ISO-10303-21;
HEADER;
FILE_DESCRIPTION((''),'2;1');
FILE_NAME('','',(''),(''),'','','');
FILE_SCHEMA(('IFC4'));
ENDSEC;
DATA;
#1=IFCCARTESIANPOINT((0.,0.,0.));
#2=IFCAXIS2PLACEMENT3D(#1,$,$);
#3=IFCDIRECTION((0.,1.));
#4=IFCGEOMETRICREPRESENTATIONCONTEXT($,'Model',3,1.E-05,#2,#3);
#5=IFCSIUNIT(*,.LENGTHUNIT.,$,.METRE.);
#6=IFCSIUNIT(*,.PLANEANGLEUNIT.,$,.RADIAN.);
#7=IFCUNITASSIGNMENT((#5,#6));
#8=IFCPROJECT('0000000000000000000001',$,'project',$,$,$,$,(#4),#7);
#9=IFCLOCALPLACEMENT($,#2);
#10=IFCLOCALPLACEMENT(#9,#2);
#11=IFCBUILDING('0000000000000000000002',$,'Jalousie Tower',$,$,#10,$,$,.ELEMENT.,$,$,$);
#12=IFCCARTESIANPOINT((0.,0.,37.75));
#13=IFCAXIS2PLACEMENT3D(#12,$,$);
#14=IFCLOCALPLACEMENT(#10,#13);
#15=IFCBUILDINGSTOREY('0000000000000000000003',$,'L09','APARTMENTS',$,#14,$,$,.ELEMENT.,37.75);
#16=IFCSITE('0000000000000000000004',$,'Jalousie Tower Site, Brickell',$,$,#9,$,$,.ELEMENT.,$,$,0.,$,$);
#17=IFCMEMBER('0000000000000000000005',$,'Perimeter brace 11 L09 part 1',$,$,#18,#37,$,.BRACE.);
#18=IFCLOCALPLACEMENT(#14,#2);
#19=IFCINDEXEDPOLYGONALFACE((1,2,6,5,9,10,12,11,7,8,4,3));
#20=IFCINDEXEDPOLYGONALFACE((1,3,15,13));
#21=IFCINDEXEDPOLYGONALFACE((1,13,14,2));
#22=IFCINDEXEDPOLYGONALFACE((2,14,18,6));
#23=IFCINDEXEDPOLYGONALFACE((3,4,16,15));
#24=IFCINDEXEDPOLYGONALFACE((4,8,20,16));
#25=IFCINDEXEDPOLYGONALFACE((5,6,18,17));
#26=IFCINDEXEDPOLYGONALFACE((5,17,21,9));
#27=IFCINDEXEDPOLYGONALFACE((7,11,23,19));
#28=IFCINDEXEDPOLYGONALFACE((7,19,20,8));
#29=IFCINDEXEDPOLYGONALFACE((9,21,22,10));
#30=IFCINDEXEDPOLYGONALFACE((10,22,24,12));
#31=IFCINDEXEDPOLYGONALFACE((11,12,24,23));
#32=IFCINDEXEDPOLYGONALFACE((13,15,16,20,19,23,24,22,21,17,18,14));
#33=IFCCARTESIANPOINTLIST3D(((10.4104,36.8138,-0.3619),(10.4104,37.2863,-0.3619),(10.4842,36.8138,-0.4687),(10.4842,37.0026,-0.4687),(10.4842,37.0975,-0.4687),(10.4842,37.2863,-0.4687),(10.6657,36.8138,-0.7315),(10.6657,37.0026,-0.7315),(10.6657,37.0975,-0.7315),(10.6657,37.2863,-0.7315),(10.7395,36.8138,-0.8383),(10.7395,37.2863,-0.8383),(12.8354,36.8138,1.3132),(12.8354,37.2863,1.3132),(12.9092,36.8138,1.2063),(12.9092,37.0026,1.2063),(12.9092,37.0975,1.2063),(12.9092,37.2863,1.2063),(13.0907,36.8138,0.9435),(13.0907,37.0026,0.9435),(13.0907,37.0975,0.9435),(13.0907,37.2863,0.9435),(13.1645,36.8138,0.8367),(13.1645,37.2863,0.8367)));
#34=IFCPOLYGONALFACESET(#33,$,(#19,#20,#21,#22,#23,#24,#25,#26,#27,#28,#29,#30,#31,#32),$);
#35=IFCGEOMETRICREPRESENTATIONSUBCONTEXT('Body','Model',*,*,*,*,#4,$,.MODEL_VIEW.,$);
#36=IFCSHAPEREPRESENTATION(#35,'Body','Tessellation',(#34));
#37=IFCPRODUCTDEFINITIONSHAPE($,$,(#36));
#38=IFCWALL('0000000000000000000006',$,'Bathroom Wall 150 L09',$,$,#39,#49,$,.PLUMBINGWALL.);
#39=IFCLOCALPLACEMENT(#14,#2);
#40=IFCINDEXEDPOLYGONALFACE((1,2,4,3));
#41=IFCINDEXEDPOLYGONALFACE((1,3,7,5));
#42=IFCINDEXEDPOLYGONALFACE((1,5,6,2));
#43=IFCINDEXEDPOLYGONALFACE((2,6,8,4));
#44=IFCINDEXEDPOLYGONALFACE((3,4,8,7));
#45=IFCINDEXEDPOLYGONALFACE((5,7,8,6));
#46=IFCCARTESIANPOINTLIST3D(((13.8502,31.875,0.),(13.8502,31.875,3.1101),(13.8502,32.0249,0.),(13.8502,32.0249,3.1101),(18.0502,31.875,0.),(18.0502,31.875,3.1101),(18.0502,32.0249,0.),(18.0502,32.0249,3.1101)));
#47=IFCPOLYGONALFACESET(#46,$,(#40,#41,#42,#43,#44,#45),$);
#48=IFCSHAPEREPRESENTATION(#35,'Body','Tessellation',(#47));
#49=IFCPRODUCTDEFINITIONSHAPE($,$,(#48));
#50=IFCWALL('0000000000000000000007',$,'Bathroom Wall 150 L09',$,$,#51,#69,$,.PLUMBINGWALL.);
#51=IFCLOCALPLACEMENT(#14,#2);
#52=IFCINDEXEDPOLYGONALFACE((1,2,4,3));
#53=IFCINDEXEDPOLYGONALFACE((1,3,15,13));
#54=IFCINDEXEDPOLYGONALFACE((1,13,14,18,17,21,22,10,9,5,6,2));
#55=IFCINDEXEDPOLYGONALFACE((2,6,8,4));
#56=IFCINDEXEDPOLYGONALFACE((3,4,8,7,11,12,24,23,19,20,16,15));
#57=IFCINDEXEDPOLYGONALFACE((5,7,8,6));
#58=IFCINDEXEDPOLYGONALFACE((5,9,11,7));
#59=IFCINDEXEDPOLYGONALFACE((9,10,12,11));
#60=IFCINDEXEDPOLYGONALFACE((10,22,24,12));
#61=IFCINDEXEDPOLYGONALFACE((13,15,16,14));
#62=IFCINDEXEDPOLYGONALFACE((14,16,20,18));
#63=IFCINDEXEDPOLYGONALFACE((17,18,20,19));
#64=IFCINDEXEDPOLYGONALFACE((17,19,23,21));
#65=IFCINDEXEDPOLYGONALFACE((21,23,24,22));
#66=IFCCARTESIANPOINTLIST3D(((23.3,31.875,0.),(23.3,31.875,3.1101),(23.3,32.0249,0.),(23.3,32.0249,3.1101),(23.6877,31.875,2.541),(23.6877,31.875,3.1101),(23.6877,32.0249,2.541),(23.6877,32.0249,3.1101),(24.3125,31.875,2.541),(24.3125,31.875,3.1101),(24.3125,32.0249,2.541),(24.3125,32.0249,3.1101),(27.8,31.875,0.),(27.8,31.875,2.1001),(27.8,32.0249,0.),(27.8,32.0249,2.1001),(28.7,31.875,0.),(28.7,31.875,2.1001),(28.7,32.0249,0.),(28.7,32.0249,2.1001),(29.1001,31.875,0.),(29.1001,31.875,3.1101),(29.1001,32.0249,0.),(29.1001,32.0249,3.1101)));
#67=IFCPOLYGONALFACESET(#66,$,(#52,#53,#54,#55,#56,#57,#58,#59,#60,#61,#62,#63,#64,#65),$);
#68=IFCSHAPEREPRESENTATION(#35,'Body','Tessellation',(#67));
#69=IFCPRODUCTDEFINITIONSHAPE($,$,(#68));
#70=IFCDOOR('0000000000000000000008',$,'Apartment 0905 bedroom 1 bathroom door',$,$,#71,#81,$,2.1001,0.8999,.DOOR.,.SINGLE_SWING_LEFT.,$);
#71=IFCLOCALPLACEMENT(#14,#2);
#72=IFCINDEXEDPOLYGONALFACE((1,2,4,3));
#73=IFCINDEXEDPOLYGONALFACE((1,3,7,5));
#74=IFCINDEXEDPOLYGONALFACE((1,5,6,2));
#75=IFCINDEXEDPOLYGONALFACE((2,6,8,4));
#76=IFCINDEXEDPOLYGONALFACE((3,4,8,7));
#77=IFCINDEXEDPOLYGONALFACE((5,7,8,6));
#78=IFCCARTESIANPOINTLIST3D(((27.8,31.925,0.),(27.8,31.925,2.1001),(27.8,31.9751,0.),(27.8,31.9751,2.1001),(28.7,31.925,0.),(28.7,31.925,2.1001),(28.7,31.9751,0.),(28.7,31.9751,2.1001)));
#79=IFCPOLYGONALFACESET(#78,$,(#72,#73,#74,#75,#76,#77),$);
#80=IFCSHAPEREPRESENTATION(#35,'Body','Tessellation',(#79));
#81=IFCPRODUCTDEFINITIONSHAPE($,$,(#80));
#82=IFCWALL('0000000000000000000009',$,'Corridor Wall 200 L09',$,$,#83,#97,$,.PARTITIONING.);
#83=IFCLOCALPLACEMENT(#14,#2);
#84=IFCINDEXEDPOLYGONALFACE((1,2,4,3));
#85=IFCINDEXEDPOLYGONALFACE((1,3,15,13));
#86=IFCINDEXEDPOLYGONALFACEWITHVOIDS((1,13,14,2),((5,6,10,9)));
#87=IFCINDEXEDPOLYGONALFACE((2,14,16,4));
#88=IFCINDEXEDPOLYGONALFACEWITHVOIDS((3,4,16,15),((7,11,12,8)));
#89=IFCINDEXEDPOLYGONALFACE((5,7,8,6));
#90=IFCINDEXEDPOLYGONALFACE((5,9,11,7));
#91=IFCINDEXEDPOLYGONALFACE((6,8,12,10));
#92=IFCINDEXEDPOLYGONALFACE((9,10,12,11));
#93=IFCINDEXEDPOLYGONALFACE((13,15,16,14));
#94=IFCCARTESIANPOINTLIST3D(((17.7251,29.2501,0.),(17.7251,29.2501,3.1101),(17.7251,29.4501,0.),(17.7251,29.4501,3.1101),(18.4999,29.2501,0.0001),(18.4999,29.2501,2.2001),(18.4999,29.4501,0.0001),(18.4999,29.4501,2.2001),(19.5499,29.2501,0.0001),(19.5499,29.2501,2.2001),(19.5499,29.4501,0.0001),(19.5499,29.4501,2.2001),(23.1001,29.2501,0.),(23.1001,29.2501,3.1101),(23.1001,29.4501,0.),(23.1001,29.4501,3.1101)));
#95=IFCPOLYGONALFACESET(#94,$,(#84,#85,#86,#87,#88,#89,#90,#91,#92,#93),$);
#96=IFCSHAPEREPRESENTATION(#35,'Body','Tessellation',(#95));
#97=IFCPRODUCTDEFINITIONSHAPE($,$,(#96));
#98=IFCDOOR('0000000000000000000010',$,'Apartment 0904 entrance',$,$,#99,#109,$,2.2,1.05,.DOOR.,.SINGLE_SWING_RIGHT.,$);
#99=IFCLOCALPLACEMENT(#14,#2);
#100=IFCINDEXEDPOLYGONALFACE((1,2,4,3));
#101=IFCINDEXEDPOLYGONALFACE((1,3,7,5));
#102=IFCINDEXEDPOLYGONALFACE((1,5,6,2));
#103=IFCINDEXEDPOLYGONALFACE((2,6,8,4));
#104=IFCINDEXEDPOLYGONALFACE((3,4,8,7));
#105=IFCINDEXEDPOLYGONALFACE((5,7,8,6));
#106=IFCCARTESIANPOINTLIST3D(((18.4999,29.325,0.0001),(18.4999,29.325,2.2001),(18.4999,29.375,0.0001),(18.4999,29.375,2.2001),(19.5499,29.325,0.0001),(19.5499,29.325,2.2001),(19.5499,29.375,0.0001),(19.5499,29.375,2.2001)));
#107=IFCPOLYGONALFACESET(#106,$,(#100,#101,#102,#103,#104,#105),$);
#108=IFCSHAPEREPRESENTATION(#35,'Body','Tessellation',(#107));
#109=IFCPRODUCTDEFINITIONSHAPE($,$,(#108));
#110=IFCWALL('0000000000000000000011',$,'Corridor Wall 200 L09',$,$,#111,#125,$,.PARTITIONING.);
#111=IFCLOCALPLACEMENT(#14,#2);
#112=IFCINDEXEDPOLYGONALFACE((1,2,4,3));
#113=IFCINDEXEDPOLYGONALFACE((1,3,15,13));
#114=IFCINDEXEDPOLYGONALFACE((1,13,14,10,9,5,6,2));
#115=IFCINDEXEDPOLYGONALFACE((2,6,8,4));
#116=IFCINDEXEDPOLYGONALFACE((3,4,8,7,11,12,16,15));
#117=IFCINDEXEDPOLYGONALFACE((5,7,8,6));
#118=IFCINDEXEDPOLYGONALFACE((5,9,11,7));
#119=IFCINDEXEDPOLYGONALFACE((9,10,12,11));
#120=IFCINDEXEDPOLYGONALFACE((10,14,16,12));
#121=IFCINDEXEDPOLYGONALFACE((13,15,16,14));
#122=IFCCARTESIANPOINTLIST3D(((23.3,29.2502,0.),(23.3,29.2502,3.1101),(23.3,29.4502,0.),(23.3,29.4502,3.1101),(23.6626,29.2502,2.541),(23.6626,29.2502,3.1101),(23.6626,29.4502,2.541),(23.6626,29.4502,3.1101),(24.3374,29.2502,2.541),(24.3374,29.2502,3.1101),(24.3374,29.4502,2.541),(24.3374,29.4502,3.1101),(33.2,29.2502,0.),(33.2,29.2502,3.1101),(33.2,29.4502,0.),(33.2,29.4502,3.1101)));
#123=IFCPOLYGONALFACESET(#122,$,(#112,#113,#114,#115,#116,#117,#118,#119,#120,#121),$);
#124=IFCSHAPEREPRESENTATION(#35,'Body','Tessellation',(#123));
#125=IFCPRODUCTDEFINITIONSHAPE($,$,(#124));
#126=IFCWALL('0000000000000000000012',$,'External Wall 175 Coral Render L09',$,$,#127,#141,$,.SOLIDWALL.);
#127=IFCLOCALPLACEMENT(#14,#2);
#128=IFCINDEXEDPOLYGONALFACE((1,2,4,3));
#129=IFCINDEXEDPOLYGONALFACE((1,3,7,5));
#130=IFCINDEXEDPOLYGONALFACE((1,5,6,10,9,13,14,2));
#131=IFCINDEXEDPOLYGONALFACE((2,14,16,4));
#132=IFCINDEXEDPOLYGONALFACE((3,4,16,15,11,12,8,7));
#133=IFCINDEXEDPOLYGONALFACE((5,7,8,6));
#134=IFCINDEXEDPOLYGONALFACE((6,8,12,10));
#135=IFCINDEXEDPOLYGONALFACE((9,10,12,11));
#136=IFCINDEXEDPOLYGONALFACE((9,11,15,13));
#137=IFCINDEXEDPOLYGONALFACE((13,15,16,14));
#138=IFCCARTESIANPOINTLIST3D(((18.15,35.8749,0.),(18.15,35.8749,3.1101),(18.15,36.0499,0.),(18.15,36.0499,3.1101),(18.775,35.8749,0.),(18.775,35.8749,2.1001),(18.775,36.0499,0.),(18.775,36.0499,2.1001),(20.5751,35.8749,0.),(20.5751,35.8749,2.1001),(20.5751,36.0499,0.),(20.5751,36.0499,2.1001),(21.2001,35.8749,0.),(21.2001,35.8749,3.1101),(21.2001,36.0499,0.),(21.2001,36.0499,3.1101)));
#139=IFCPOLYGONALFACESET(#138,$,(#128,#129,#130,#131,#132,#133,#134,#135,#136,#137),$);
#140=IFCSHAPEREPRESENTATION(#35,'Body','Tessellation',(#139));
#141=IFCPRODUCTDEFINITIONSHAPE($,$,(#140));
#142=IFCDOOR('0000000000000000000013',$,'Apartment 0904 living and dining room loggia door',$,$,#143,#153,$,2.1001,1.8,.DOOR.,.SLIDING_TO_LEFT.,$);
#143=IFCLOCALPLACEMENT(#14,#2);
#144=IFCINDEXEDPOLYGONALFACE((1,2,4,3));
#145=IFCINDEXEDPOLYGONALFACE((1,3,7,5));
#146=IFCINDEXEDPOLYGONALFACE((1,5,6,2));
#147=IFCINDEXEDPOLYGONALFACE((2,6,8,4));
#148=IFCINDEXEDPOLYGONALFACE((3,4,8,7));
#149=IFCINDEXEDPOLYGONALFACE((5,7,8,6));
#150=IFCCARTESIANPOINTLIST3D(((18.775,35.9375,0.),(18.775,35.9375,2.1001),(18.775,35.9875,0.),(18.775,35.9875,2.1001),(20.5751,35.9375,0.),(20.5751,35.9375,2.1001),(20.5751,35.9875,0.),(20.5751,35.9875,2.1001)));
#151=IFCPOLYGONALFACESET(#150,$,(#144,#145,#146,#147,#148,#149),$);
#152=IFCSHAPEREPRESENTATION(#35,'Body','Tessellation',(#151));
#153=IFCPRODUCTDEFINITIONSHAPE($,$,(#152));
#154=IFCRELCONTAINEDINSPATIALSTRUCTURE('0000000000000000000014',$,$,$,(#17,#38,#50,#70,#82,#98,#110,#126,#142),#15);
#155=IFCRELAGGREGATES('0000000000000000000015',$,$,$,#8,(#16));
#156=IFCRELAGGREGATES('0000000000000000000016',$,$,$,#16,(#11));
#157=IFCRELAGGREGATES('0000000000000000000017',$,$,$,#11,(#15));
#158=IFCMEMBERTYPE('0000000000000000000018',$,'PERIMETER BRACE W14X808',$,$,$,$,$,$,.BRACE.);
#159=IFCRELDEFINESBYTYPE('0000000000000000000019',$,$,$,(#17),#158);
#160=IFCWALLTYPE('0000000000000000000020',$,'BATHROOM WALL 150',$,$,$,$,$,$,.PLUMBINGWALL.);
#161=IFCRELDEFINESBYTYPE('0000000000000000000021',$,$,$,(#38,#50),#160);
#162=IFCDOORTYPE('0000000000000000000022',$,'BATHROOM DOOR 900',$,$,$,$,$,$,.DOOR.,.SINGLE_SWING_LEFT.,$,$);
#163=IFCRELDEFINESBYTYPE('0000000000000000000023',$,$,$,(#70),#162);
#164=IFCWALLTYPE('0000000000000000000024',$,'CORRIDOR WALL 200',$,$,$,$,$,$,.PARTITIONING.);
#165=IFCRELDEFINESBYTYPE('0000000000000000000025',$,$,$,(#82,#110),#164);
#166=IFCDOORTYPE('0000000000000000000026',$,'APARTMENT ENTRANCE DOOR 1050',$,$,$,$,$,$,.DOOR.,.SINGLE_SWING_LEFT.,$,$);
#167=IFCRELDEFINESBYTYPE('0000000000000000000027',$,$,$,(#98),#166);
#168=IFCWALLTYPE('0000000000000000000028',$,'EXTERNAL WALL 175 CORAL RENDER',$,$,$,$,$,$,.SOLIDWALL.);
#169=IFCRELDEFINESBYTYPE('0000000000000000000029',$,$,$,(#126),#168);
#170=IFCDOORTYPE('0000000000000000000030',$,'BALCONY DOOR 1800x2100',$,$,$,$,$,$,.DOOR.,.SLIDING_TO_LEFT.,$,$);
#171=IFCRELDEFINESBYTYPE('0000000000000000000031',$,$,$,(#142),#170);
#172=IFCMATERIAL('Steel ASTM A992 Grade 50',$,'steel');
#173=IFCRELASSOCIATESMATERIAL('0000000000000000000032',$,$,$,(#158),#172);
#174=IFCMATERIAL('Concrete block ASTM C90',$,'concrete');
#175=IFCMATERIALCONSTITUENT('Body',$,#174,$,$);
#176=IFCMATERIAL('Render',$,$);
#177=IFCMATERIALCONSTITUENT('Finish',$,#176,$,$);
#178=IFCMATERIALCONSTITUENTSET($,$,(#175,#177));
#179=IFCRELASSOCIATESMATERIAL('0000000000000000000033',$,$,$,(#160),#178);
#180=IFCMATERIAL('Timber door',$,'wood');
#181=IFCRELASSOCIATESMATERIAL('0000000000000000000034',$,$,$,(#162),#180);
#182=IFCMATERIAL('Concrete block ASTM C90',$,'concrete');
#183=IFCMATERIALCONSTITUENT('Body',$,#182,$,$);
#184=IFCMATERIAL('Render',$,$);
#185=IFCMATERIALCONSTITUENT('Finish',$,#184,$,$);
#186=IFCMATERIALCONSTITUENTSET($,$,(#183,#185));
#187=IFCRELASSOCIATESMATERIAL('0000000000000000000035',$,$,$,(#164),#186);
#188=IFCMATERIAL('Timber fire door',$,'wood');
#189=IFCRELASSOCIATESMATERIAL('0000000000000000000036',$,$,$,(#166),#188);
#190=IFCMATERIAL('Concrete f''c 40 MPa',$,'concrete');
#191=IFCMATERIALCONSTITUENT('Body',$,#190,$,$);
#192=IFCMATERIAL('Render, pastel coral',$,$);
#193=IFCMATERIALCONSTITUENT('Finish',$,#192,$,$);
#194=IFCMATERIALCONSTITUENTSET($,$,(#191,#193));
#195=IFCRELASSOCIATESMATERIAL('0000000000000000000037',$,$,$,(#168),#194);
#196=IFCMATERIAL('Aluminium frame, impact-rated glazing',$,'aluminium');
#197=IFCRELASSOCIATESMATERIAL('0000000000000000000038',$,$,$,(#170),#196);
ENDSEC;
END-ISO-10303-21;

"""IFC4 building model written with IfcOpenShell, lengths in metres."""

from ifc_helpers import new_model, si_unit, direction, frame, frame_2d, origin, origin_2d, place, context, subcontext, project, spatial, polyline, rectangle, i_section, outline, extrude, material, constituent, constituent_set, material_profile, profile_set, type_object, element, fill, save


model = new_model("IFC4")

# Units and contexts
model_context = context("Model", 3, precision=1e-05, world=origin(), true_north=direction((0.0, 1.0)))
body_context = subcontext(model_context, "Body", "Model", "MODEL_VIEW")
ifc_project = project(units=[si_unit("LENGTHUNIT", "METRE"), si_unit("PLANEANGLEUNIT", "RADIAN")], contexts=[model_context])

# Site, building, storey
site_placement = place(None, origin())
site = spatial("IfcSite", under=ifc_project, at=site_placement, Name="Jalousie Tower Site, Brickell", CompositionType="ELEMENT", RefElevation=0.0)
building_placement = place(site_placement, origin())
building = spatial("IfcBuilding", under=site, at=building_placement, Name="Jalousie Tower", CompositionType="ELEMENT")
storey_placement = place(building_placement, frame((0.0, 0.0, 37.75)))
storey = spatial("IfcBuildingStorey", under=building, at=storey_placement, Name="L09", Description="APARTMENTS", CompositionType="ELEMENT", Elevation=37.75)

# Member
ifc_material_1 = material(Name="Steel ASTM A992 Grade 50", Category="steel")
ifc_material_profile = material_profile(ifc_material_1, i_section(OverallWidth=0.4724, OverallDepth=0.5791, WebThickness=0.095, FlangeThickness=0.1299, at=origin_2d()), Name="W14X808")
ifc_profile_set = profile_set([ifc_material_profile], Name="Steel ASTM A992 Grade 50")
member_type = type_object("IfcMemberType", Name="PERIMETER BRACE W14X808", PredefinedType="BRACE", material=ifc_profile_set)
member_placement = place(storey_placement, frame((10.575, 37.05, -0.6001), z_axis=(0.8228, 0.0, 0.568331), x_axis=(0.0, 1.0, 0.0)))
element("IfcMember", 1, at=member_placement, inside=storey, type_object=member_type, Name="Perimeter brace 11 L09 part 1", PredefinedType="BRACE", context=body_context, shape_type="SweptSolid", body=[
    extrude(i_section(OverallWidth=0.4724, OverallDepth=0.5791, WebThickness=0.095, FlangeThickness=0.1299, at=origin_2d()), origin(), (0.0, 0.0, 1.0), 2.9473),
])

# Wall
ifc_material_2 = material(Name="Concrete block ASTM C90", Category="concrete")
ifc_constituent_1 = constituent(ifc_material_2, Name="Body")
ifc_material_3 = material(Name="Render")
ifc_constituent_2 = constituent(ifc_material_3, Name="Finish")
ifc_constituent_set_1 = constituent_set(constituents=[ifc_constituent_1, ifc_constituent_2])
wall_type_1 = type_object("IfcWallType", Name="BATHROOM WALL 150", PredefinedType="PLUMBINGWALL", material=ifc_constituent_set_1)
wall_1_placement = place(storey_placement, frame((13.8501, 31.95, 0.0), z_axis=(0.0, 0.0, 1.0), x_axis=(1.0, 0.0, 0.0)))
element("IfcWall", 2, at=wall_1_placement, inside=storey, type_object=wall_type_1, Name="Bathroom Wall 150 L09", PredefinedType="PLUMBINGWALL", context=body_context, shape_type="SweptSolid", body=[
    extrude(rectangle(XDim=4.2, YDim=0.1499, at=frame_2d((2.1001, 0.0))), origin(), (0.0, 0.0, 1.0), 3.1101),
])

# Walls, openings, doors
wall_2_placement = place(storey_placement, frame((23.3, 31.95, 0.0), z_axis=(0.0, 0.0, 1.0), x_axis=(1.0, 0.0, 0.0)))
wall_2 = element("IfcWall", 3, at=wall_2_placement, inside=storey, type_object=wall_type_1, Name="Bathroom Wall 150 L09", PredefinedType="PLUMBINGWALL", context=body_context, shape_type="SweptSolid", body=[
    extrude(outline(polyline([(0.0, 0.0), (5.8, 0.0), (5.8, 3.1101), (1.0125, 3.1101), (1.0125, 2.541), (0.3877, 2.541), (0.3877, 3.1101), (0.0, 3.1101), (0.0, 0.0)])), frame((0.0, 0.075, 0.0), z_axis=(0.0, -1.0, 0.0), x_axis=(1.0, 0.0, 0.0)), (0.0, 0.0, 1.0), 0.1499),
])
opening_1_placement = place(wall_2_placement, frame((4.5, 0.0, 0.0)))
opening_1 = element("IfcOpeningElement", 4, at=opening_1_placement, cuts=wall_2, PredefinedType="OPENING", context=body_context, shape_type="SweptSolid", body=[
    extrude(rectangle(XDim=0.8999, YDim=2.1001, at=frame_2d((0.45, 1.05))), frame((0.0, 0.085, 0.0), z_axis=(0.0, -1.0, 0.0), x_axis=(1.0, 0.0, 0.0)), (0.0, 0.0, 1.0), 0.1699),
])
ifc_material_4 = material(Name="Timber door", Category="wood")
door_type_1 = type_object("IfcDoorType", Name="BATHROOM DOOR 900", OperationType="SINGLE_SWING_LEFT", PredefinedType="DOOR", material=ifc_material_4)
door_1_placement = place(opening_1_placement, frame((0.8999, 0.0, 0.0), z_axis=(0.0, 0.0, 1.0), x_axis=(-1.0, 0.0, 0.0)))
door_1 = element("IfcDoor", 5, at=door_1_placement, inside=storey, type_object=door_type_1, Name="Apartment 0905 bedroom 1 bathroom door", OperationType="SINGLE_SWING_LEFT", OverallHeight=2.1001, OverallWidth=0.8999, PredefinedType="DOOR", context=body_context, shape_type="SweptSolid", body=[
    extrude(rectangle(XDim=0.8999, YDim=2.1001, at=frame_2d((0.45, 1.05))), frame((0.0, 0.0249, 0.0), z_axis=(0.0, -1.0, 0.0), x_axis=(1.0, 0.0, 0.0)), (0.0, 0.0, 1.0), 0.05),
])
fill(opening_1, door_1)
ifc_material_5 = material(Name="Concrete block ASTM C90", Category="concrete")
ifc_constituent_3 = constituent(ifc_material_5, Name="Body")
ifc_material_6 = material(Name="Render")
ifc_constituent_4 = constituent(ifc_material_6, Name="Finish")
ifc_constituent_set_2 = constituent_set(constituents=[ifc_constituent_3, ifc_constituent_4])
wall_type_2 = type_object("IfcWallType", Name="CORRIDOR WALL 200", PredefinedType="PARTITIONING", material=ifc_constituent_set_2)
wall_3_placement = place(storey_placement, frame((17.7251, 29.3501, 0.0), z_axis=(0.0, 0.0, 1.0), x_axis=(1.0, 0.0, 0.0)))
wall_3 = element("IfcWall", 6, at=wall_3_placement, inside=storey, type_object=wall_type_2, Name="Corridor Wall 200 L09", PredefinedType="PARTITIONING", context=body_context, shape_type="SweptSolid", body=[
    extrude(rectangle(XDim=5.375, YDim=0.2, at=frame_2d((2.6875, 0.0))), origin(), (0.0, 0.0, 1.0), 3.1101),
])
opening_2_placement = place(wall_3_placement, frame((0.7749, 0.0, 0.0)))
opening_2 = element("IfcOpeningElement", 7, at=opening_2_placement, cuts=wall_3, PredefinedType="OPENING", context=body_context, shape_type="SweptSolid", body=[
    extrude(rectangle(XDim=1.05, YDim=2.2, at=frame_2d((0.5249, 1.1001))), frame((0.0, 0.1099, 0.0), z_axis=(0.0, -1.0, 0.0), x_axis=(1.0, 0.0, 0.0)), (0.0, 0.0, 1.0), 0.22),
])
ifc_material_7 = material(Name="Timber fire door", Category="wood")
door_type_2 = type_object("IfcDoorType", Name="APARTMENT ENTRANCE DOOR 1050", OperationType="SINGLE_SWING_LEFT", PredefinedType="DOOR", material=ifc_material_7)
door_2_placement = place(opening_2_placement, origin())
door_2 = element("IfcDoor", 8, at=door_2_placement, inside=storey, type_object=door_type_2, Name="Apartment 0904 entrance", OperationType="SINGLE_SWING_RIGHT", OverallHeight=2.2, OverallWidth=1.05, PredefinedType="DOOR", context=body_context, shape_type="SweptSolid", body=[
    extrude(rectangle(XDim=1.05, YDim=2.2, at=frame_2d((0.5249, 1.1001))), frame((0.0, 0.0249, 0.0), z_axis=(0.0, -1.0, 0.0), x_axis=(1.0, 0.0, 0.0)), (0.0, 0.0, 1.0), 0.05),
])
fill(opening_2, door_2)

# Wall
wall_4_placement = place(storey_placement, frame((23.3, 29.3501, 0.0), z_axis=(0.0, 0.0, 1.0), x_axis=(1.0, 0.0, 0.0)))
element("IfcWall", 9, at=wall_4_placement, inside=storey, type_object=wall_type_2, Name="Corridor Wall 200 L09", PredefinedType="PARTITIONING", context=body_context, shape_type="SweptSolid", body=[
    extrude(outline(polyline([(0.0, 0.0), (9.8999, 0.0), (9.8999, 3.1101), (1.0374, 3.1101), (1.0374, 2.541), (0.3625, 2.541), (0.3625, 3.1101), (0.0, 3.1101), (0.0, 0.0)])), frame((0.0, 0.1001, 0.0), z_axis=(0.0, -1.0, 0.0), x_axis=(1.0, 0.0, 0.0)), (0.0, 0.0, 1.0), 0.2),
])

# Wall, opening, door
ifc_material_8 = material(Name="Concrete f'c 40 MPa", Category="concrete")
ifc_constituent_5 = constituent(ifc_material_8, Name="Body")
ifc_material_9 = material(Name="Render, pastel coral")
ifc_constituent_6 = constituent(ifc_material_9, Name="Finish")
ifc_constituent_set_3 = constituent_set(constituents=[ifc_constituent_5, ifc_constituent_6])
wall_type_3 = type_object("IfcWallType", Name="EXTERNAL WALL 175 CORAL RENDER", PredefinedType="SOLIDWALL", material=ifc_constituent_set_3)
wall_5_placement = place(storey_placement, frame((21.2, 35.9624, 0.0), z_axis=(0.0, 0.0, 1.0), x_axis=(-1.0, 0.0, 0.0)))
wall_5 = element("IfcWall", 10, at=wall_5_placement, inside=storey, type_object=wall_type_3, Name="External Wall 175 Coral Render L09", PredefinedType="SOLIDWALL", context=body_context, shape_type="SweptSolid", body=[
    extrude(rectangle(XDim=3.05, YDim=0.175, at=frame_2d((1.5249, 0.0))), origin(), (0.0, 0.0, 1.0), 3.1101),
])
opening_3_placement = place(wall_5_placement, frame((0.625, 0.0, 0.0)))
opening_3 = element("IfcOpeningElement", 11, at=opening_3_placement, cuts=wall_5, PredefinedType="OPENING", context=body_context, shape_type="SweptSolid", body=[
    extrude(rectangle(XDim=1.8, YDim=2.1001, at=frame_2d((0.8999, 1.05))), frame((0.0, 0.0974, 0.0), z_axis=(0.0, -1.0, 0.0), x_axis=(1.0, 0.0, 0.0)), (0.0, 0.0, 1.0), 0.1951),
])
ifc_material_10 = material(Name="Aluminium frame, impact-rated glazing", Category="aluminium")
door_type_3 = type_object("IfcDoorType", Name="BALCONY DOOR 1800x2100", OperationType="SLIDING_TO_LEFT", PredefinedType="DOOR", material=ifc_material_10)
door_3_placement = place(opening_3_placement, origin())
door_3 = element("IfcDoor", 12, at=door_3_placement, inside=storey, type_object=door_type_3, Name="Apartment 0904 living and dining room loggia door", OperationType="SLIDING_TO_LEFT", OverallHeight=2.1001, OverallWidth=1.8, PredefinedType="DOOR", context=body_context, shape_type="SweptSolid", body=[
    extrude(rectangle(XDim=1.8, YDim=2.1001, at=frame_2d((0.8999, 1.05))), frame((0.0, 0.0249, 0.0), z_axis=(0.0, -1.0, 0.0), x_axis=(1.0, 0.0, 0.0)), (0.0, 0.0, 1.0), 0.05),
])
fill(opening_3, door_3)

save(model, "model.ifc")
